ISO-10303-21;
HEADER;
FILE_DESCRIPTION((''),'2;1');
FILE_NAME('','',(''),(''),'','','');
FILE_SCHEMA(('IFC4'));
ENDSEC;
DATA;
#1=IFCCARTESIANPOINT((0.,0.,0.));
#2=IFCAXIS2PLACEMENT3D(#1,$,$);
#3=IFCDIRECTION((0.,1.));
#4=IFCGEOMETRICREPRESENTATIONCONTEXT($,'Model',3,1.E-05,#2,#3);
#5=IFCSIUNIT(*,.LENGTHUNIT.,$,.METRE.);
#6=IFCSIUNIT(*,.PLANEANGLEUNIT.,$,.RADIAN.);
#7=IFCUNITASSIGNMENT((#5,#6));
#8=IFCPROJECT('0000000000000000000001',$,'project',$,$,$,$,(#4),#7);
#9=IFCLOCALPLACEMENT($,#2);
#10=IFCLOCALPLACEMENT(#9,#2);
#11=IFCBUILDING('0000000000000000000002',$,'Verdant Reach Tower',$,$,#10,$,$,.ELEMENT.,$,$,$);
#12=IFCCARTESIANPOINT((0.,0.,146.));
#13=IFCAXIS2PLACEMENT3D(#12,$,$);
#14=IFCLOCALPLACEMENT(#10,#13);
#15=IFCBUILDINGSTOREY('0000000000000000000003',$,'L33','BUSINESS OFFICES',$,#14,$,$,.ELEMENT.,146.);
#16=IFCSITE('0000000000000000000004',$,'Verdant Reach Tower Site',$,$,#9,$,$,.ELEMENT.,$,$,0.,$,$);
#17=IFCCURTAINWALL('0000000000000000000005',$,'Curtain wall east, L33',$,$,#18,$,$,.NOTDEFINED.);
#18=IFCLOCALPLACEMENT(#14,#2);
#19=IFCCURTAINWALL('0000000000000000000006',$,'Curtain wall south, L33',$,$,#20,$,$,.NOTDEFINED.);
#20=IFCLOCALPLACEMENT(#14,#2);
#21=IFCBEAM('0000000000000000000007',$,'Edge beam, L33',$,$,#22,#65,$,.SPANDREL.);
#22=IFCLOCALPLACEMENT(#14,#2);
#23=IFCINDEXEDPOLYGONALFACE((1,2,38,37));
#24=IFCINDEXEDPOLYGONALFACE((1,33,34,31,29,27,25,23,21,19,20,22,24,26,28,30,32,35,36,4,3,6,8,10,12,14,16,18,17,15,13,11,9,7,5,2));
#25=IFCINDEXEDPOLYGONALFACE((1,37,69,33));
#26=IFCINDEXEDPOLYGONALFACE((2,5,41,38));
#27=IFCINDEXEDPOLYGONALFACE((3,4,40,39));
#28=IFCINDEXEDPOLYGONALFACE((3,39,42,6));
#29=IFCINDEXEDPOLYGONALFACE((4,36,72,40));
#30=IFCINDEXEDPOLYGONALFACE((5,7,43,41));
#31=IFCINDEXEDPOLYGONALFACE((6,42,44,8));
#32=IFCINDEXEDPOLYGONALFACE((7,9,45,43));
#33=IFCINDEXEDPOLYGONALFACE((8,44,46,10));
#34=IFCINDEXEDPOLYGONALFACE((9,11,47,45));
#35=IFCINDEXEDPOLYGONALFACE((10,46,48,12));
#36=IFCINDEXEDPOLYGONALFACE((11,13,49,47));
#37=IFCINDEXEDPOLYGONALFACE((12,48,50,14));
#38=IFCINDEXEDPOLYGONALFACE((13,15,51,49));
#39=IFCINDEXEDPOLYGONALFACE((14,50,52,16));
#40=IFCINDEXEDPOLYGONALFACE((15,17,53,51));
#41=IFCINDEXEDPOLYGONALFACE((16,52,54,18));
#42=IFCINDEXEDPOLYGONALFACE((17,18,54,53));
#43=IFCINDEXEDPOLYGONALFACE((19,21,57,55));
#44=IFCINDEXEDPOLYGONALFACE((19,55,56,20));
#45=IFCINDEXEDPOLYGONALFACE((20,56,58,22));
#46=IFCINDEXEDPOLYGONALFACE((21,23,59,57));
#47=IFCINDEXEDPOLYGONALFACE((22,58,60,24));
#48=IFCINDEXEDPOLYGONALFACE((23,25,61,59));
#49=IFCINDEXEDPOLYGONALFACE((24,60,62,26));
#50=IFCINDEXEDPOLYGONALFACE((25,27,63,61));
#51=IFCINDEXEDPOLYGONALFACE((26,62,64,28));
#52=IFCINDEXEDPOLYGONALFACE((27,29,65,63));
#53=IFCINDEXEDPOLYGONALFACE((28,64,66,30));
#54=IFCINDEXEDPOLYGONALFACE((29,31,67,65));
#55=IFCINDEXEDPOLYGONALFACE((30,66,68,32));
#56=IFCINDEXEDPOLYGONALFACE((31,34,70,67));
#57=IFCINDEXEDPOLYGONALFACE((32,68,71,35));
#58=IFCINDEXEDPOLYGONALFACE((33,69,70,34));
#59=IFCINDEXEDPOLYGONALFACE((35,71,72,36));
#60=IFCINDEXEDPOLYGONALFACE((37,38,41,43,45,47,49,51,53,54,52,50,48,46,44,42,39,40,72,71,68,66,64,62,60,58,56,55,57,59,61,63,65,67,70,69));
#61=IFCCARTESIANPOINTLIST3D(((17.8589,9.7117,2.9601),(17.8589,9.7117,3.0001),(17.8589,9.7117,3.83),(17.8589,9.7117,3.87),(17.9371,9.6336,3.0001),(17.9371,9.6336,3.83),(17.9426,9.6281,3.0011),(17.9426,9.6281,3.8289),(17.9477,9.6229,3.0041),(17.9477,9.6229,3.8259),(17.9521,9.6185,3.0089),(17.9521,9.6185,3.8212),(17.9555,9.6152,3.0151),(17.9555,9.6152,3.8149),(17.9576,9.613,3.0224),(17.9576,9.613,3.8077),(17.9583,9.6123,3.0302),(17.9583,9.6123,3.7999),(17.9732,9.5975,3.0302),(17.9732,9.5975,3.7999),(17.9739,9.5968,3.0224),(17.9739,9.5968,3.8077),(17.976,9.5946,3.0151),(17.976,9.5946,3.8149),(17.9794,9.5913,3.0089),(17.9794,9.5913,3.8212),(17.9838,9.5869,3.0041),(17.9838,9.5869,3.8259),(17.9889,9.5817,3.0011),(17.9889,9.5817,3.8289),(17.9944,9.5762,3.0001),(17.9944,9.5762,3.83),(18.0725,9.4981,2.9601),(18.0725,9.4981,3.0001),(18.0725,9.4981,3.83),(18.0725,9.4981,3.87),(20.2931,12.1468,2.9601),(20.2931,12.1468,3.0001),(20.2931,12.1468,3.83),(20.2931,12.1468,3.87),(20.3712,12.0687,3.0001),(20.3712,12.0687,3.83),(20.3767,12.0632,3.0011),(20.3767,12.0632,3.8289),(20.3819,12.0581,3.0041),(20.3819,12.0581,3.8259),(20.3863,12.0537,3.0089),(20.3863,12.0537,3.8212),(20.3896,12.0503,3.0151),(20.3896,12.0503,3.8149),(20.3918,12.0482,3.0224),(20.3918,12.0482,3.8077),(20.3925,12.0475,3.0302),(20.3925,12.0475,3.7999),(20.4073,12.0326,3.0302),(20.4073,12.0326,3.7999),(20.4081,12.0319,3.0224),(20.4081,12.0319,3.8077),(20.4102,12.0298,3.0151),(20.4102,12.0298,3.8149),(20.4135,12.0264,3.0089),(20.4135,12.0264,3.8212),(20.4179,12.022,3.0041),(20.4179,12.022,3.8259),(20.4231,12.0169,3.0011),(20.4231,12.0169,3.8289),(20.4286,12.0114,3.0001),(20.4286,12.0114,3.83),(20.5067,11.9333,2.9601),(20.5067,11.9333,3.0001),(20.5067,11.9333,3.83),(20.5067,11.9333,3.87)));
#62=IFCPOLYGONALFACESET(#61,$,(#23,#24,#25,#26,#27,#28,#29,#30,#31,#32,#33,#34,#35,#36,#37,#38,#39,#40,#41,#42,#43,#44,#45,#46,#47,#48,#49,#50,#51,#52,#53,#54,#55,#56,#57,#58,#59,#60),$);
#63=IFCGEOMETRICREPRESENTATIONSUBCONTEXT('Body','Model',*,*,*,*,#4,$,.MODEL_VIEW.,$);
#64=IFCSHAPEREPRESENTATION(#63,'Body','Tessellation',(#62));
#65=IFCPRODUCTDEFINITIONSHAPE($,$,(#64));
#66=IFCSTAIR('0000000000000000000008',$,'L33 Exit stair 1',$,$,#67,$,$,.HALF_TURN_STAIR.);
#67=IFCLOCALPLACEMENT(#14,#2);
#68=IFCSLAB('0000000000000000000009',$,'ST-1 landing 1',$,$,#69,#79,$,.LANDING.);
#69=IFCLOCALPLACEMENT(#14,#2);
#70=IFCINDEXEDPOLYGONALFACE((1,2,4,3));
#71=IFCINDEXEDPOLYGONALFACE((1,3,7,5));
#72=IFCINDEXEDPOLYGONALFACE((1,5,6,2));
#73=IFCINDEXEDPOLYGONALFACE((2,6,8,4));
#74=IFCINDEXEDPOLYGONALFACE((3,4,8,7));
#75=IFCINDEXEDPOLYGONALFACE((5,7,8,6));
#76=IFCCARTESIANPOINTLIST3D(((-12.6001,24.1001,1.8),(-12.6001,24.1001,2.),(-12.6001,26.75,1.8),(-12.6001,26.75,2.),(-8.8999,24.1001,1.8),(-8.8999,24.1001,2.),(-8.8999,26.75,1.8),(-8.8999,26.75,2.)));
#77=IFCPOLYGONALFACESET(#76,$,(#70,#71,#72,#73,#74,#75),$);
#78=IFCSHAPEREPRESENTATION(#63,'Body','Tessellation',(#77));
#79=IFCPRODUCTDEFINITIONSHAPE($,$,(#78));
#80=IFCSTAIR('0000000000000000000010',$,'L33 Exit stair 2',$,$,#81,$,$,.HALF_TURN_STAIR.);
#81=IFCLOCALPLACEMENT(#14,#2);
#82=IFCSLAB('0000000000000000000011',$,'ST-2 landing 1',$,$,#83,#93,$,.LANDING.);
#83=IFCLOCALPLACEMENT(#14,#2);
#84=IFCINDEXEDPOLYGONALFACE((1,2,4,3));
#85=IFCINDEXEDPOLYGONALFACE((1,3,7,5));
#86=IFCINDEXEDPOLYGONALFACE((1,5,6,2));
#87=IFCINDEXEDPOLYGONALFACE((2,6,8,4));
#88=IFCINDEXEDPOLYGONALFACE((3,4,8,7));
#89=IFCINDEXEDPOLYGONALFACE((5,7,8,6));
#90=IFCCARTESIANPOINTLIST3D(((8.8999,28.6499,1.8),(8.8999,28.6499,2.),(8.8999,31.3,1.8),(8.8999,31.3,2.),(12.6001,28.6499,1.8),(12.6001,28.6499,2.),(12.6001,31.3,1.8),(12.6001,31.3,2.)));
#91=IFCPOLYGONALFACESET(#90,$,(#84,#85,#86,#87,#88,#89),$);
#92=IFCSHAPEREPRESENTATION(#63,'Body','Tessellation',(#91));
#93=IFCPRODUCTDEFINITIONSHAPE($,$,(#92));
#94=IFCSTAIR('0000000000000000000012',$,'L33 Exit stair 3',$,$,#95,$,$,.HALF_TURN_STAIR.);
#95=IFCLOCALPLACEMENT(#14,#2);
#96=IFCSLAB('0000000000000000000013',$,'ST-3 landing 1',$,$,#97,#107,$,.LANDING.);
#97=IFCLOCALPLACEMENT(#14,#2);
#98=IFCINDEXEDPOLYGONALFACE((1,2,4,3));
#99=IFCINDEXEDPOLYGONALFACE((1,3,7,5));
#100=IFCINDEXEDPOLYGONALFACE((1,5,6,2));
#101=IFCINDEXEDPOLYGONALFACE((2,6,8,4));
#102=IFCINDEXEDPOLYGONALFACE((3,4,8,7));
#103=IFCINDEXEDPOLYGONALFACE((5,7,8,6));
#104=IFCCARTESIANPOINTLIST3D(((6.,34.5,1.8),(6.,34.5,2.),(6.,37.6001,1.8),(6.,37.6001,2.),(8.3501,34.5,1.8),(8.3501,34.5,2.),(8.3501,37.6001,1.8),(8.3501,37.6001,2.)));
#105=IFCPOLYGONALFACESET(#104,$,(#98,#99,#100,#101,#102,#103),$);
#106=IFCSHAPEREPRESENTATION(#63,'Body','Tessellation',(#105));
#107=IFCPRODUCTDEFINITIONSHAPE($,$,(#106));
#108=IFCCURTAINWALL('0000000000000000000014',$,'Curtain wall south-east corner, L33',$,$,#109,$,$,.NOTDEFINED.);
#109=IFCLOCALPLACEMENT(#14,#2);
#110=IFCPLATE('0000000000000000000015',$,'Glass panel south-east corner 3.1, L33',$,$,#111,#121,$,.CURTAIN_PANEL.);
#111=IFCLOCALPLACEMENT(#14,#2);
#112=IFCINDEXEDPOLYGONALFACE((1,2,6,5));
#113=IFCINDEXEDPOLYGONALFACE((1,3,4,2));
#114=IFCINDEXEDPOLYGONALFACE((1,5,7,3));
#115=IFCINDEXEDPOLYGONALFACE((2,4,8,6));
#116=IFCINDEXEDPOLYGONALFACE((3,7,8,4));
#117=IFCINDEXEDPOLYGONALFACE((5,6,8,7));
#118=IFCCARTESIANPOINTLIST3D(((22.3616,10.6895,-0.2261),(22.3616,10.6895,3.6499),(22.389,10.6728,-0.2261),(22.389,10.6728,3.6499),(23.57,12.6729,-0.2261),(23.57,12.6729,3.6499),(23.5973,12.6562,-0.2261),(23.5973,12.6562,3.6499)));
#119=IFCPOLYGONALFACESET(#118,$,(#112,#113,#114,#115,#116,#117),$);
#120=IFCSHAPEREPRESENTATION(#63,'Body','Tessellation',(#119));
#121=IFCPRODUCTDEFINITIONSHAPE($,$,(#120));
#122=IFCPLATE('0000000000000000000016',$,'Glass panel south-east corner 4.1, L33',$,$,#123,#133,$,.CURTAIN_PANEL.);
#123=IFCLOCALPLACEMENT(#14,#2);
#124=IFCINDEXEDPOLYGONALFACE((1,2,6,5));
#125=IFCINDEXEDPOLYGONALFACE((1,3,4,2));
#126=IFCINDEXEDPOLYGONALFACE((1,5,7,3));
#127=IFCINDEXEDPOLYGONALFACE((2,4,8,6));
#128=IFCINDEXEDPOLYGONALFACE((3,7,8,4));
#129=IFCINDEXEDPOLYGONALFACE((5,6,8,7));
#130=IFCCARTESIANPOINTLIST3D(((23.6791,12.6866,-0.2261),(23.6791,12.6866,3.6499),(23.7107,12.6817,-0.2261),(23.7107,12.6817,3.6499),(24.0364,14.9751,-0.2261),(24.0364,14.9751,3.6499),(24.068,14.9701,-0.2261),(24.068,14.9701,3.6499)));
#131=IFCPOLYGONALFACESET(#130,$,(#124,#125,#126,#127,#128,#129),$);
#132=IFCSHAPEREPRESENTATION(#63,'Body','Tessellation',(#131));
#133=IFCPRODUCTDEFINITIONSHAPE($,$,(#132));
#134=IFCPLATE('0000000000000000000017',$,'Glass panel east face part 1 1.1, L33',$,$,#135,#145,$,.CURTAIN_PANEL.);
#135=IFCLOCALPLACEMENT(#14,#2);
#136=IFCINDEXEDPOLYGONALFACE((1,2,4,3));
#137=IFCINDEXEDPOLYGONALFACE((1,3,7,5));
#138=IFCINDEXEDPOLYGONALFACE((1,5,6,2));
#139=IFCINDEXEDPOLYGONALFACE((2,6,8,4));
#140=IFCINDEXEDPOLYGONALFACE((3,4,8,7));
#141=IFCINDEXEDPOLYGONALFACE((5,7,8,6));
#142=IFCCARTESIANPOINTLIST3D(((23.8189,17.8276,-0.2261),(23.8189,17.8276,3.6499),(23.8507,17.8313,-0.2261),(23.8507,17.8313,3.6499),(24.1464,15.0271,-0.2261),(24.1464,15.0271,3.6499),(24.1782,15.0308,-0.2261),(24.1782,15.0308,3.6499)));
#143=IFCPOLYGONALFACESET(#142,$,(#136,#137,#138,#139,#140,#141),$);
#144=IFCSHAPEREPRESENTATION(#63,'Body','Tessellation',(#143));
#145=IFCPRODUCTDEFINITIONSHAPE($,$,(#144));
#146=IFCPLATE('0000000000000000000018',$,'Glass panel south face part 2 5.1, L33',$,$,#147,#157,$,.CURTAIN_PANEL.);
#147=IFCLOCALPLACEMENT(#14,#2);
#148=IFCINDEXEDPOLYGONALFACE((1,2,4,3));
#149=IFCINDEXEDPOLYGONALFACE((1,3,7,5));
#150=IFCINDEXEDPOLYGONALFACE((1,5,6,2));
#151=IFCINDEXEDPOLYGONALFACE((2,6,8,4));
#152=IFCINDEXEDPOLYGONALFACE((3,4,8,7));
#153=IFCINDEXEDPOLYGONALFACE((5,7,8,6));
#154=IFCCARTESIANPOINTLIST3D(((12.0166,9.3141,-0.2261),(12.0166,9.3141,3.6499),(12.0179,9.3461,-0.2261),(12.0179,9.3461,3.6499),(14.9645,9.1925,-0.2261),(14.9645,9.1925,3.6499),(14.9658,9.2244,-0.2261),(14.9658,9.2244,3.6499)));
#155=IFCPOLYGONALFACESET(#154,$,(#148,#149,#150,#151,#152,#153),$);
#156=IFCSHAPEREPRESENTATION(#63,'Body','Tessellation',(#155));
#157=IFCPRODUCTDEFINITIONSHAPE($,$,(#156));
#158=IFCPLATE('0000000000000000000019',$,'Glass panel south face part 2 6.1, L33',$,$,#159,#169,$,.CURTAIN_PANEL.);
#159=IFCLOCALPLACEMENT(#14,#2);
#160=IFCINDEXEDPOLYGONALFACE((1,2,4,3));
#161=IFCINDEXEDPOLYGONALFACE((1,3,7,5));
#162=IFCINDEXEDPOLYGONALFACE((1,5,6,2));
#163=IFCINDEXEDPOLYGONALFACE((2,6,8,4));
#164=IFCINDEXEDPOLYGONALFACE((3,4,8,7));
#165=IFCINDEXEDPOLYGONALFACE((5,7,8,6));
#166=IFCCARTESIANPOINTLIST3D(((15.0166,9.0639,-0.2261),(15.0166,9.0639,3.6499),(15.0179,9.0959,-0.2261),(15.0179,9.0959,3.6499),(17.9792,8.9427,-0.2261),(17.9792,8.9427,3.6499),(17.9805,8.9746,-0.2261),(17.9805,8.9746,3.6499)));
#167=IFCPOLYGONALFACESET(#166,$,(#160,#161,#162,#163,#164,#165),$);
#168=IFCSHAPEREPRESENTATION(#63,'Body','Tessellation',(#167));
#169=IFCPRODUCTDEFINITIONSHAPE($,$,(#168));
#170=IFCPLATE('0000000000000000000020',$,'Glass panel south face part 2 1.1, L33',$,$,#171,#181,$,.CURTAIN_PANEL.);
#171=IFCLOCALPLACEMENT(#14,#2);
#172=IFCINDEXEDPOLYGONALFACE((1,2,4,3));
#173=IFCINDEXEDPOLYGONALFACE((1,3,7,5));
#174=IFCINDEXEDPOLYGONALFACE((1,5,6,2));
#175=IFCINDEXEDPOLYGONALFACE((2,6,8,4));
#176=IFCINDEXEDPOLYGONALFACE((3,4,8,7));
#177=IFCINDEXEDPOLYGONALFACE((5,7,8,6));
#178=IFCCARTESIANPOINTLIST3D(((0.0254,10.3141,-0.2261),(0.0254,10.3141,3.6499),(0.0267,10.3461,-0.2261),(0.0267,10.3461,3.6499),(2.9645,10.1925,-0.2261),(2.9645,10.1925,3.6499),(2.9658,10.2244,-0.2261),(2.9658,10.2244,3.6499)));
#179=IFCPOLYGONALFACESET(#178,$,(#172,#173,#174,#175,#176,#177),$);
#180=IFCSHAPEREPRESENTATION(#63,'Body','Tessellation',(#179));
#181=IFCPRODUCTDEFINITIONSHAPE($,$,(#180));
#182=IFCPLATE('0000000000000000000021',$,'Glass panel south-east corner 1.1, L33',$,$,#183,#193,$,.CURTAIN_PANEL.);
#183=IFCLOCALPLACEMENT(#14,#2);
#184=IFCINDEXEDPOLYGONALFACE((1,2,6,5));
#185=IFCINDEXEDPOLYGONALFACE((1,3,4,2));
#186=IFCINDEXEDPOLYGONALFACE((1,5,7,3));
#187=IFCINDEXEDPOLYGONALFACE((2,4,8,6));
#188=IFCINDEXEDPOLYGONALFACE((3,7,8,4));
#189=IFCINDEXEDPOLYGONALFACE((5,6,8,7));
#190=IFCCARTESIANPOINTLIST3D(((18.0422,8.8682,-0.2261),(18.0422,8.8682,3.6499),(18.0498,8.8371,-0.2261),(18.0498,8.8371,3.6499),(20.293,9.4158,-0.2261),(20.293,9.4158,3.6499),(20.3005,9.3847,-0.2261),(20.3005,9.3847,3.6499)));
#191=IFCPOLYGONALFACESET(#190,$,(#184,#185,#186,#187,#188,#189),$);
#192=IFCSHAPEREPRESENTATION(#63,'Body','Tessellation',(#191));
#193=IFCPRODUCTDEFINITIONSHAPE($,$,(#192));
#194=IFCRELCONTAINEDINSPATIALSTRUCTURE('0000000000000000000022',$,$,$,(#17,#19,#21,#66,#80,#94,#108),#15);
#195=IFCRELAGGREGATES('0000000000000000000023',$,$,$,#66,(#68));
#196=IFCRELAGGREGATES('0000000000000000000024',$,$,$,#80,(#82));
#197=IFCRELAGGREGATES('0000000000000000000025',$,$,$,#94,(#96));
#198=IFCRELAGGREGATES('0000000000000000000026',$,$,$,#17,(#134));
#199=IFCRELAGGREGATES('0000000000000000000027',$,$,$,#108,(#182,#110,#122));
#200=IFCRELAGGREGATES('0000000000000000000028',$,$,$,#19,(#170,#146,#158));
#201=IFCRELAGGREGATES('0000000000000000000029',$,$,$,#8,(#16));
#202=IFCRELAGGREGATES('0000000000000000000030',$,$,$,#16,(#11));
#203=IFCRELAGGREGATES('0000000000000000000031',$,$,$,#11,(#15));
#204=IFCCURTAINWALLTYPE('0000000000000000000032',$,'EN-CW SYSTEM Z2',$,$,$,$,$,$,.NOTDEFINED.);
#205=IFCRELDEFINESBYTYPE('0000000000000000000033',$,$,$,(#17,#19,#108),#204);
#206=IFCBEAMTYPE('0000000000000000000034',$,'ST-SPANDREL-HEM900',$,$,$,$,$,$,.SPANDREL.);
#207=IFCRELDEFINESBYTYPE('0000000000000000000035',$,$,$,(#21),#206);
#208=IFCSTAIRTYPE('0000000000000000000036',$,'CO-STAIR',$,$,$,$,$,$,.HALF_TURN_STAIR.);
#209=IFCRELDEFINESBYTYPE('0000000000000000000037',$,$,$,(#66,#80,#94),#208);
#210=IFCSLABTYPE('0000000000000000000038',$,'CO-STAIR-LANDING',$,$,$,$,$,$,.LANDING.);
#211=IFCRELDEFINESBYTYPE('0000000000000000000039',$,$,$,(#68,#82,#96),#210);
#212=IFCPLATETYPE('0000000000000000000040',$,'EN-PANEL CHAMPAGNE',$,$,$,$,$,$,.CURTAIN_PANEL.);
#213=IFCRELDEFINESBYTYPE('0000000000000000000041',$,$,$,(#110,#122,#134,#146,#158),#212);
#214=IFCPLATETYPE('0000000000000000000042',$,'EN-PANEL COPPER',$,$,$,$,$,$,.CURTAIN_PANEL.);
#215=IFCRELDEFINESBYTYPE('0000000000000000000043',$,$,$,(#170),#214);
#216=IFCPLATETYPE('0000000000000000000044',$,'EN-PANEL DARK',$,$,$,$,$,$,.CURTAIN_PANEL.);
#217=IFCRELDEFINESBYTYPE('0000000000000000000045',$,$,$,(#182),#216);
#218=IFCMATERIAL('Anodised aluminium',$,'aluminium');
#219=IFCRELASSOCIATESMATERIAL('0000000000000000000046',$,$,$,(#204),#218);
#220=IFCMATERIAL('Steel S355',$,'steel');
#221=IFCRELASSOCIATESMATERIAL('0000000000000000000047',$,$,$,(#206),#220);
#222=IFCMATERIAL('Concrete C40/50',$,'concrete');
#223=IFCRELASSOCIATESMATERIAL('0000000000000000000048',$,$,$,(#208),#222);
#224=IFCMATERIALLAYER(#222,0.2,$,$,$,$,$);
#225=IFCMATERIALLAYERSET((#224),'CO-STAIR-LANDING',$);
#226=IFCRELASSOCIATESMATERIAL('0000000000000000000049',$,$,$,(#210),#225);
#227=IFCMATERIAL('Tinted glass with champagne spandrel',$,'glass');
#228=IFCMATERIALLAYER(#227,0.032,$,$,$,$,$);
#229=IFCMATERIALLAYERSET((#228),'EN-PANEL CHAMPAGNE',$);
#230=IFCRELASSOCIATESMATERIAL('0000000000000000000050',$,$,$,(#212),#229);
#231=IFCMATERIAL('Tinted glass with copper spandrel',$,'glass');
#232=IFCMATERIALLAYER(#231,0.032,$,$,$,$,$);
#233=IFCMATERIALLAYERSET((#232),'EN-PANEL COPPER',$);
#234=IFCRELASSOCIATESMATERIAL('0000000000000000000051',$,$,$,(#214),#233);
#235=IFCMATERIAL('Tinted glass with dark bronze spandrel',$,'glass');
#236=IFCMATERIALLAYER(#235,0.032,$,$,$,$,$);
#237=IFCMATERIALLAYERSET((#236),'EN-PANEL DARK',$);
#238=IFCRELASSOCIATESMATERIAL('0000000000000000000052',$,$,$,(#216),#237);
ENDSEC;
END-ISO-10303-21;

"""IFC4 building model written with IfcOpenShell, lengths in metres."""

from ifc_helpers import new_model, si_unit, direction, frame, origin, origin_2d, place, context, subcontext, project, spatial, polyline, rectangle, i_section, outline, extrude, material, layer, layer_set, material_profile, profile_set, type_object, element, aggregate, save


model = new_model("IFC4")

# Units and contexts
model_context = context("Model", 3, precision=1e-05, world=origin(), true_north=direction((0.0, 1.0)))
body_context = subcontext(model_context, "Body", "Model", "MODEL_VIEW")
ifc_project = project(units=[si_unit("LENGTHUNIT", "METRE"), si_unit("PLANEANGLEUNIT", "RADIAN")], contexts=[model_context])

# Site, building, storey
site_placement = place(None, origin())
site = spatial("IfcSite", under=ifc_project, at=site_placement, Name="Verdant Reach Tower Site", CompositionType="ELEMENT", RefElevation=0.0)
building_placement = place(site_placement, origin())
building = spatial("IfcBuilding", under=site, at=building_placement, Name="Verdant Reach Tower", CompositionType="ELEMENT")
storey_placement = place(building_placement, frame((0.0, 0.0, 146.0)))
storey = spatial("IfcBuildingStorey", under=building, at=storey_placement, Name="L33", Description="BUSINESS OFFICES", CompositionType="ELEMENT", Elevation=146.0)

# Curtain walls
ifc_material_1 = material(Name="Anodised aluminium", Category="aluminium")
curtain_wall_type = type_object("IfcCurtainWallType", Name="EN-CW SYSTEM Z2", PredefinedType="NOTDEFINED", material=ifc_material_1)
curtain_wall_1_placement = place(storey_placement, origin())
curtain_wall_1 = element("IfcCurtainWall", 1, at=curtain_wall_1_placement, inside=storey, type_object=curtain_wall_type, Name="Curtain wall east, L33", PredefinedType="NOTDEFINED")
curtain_wall_2_placement = place(storey_placement, origin())
curtain_wall_2 = element("IfcCurtainWall", 2, at=curtain_wall_2_placement, inside=storey, type_object=curtain_wall_type, Name="Curtain wall south, L33", PredefinedType="NOTDEFINED")

# Beam
ifc_material_2 = material(Name="Steel S355", Category="steel")
ifc_material_profile_1 = material_profile(ifc_material_2, i_section(OverallWidth=0.302, OverallDepth=0.9099, WebThickness=0.021, FlangeThickness=0.04, FilletRadius=0.03, at=origin_2d()), Name="HEM 900")
ifc_profile_set_1 = profile_set([ifc_material_profile_1], Name="Steel S355")
beam_type_1 = type_object("IfcBeamType", Name="ST-SPANDREL-HEM900", PredefinedType="SPANDREL", material=ifc_profile_set_1)
beam_1_placement = place(storey_placement, frame((20.3999, 12.04, 3.415), z_axis=(-0.706965, -0.707249, 0.0), x_axis=(0.707249, -0.706965, 0.0)))
element("IfcBeam", 3, at=beam_1_placement, inside=storey, type_object=beam_type_1, Name="Edge beam, L33", PredefinedType="SPANDREL", context=body_context, shape_type="SweptSolid", body=[
    extrude(i_section(OverallWidth=0.302, OverallDepth=0.9099, WebThickness=0.021, FlangeThickness=0.04, FilletRadius=0.03, at=origin_2d()), origin(), (0.0, 0.0, 1.0), 3.4431),
])

# Stairs, slabs
ifc_material_3 = material(Name="Concrete C40/50", Category="concrete")
stair_type = type_object("IfcStairType", Name="CO-STAIR", PredefinedType="HALF_TURN_STAIR", material=ifc_material_3)
stair_1_placement = place(storey_placement, origin())
stair_1 = element("IfcStair", 4, at=stair_1_placement, inside=storey, type_object=stair_type, Name="L33 Exit stair 1", PredefinedType="HALF_TURN_STAIR")
ifc_layer_1 = layer(ifc_material_3, 0.2)
ifc_layer_set_1 = layer_set([ifc_layer_1], Name="CO-STAIR-LANDING")
slab_type_1 = type_object("IfcSlabType", Name="CO-STAIR-LANDING", PredefinedType="LANDING", material=ifc_layer_set_1)
slab_1_placement = place(storey_placement, frame((0.0, 0.0, 1.8)))
slab_1 = element("IfcSlab", 5, at=slab_1_placement, type_object=slab_type_1, Name="ST-1 landing 1", PredefinedType="LANDING", context=body_context, shape_type="SweptSolid", body=[
    extrude(outline(polyline([(-12.6001, 26.75), (-12.6001, 24.1001), (-8.8999, 24.1001), (-8.8999, 26.75), (-12.6001, 26.75)])), origin(), (0.0, 0.0, 1.0), 0.2),
])
aggregate(stair_1, [slab_1])
stair_2_placement = place(storey_placement, origin())
stair_2 = element("IfcStair", 6, at=stair_2_placement, inside=storey, type_object=stair_type, Name="L33 Exit stair 2", PredefinedType="HALF_TURN_STAIR")
slab_2_placement = place(storey_placement, frame((0.0, 0.0, 1.8)))
slab_2 = element("IfcSlab", 7, at=slab_2_placement, type_object=slab_type_1, Name="ST-2 landing 1", PredefinedType="LANDING", context=body_context, shape_type="SweptSolid", body=[
    extrude(outline(polyline([(12.6001, 28.6499), (12.6001, 31.3), (8.8999, 31.3), (8.8999, 28.6499), (12.6001, 28.6499)])), origin(), (0.0, 0.0, 1.0), 0.2),
])
aggregate(stair_2, [slab_2])
stair_3_placement = place(storey_placement, origin())
stair_3 = element("IfcStair", 8, at=stair_3_placement, inside=storey, type_object=stair_type, Name="L33 Exit stair 3", PredefinedType="HALF_TURN_STAIR")
slab_3_placement = place(storey_placement, frame((0.0, 0.0, 1.8)))
slab_3 = element("IfcSlab", 9, at=slab_3_placement, type_object=slab_type_1, Name="ST-3 landing 1", PredefinedType="LANDING", context=body_context, shape_type="SweptSolid", body=[
    extrude(outline(polyline([(8.3501, 37.6001), (6.0, 37.6001), (6.0, 34.5), (8.3501, 34.5), (8.3501, 37.6001)])), origin(), (0.0, 0.0, 1.0), 0.2),
])
aggregate(stair_3, [slab_3])

# Curtain wall, plates
curtain_wall_3_placement = place(storey_placement, origin())
curtain_wall_3 = element("IfcCurtainWall", 10, at=curtain_wall_3_placement, inside=storey, type_object=curtain_wall_type, Name="Curtain wall south-east corner, L33", PredefinedType="NOTDEFINED")
ifc_material_4 = material(Name="Tinted glass with champagne spandrel", Category="glass")
ifc_layer_2 = layer(ifc_material_4, 0.032)
ifc_layer_set_2 = layer_set([ifc_layer_2], Name="EN-PANEL CHAMPAGNE")
plate_type_1 = type_object("IfcPlateType", Name="EN-PANEL CHAMPAGNE", PredefinedType="CURTAIN_PANEL", material=ifc_layer_set_2)
plate_1_placement = place(storey_placement, frame((22.9795, 11.6729, -0.2261), z_axis=(0.0, 0.0, 1.0), x_axis=(0.520292, 0.853989, 0.0)))
plate_1 = element("IfcPlate", 11, at=plate_1_placement, type_object=plate_type_1, Name="Glass panel south-east corner 3.1, L33", PredefinedType="CURTAIN_PANEL", context=body_context, shape_type="SweptSolid", body=[
    extrude(rectangle(XDim=2.3225, YDim=0.032, at=origin_2d()), origin(), (0.0, 0.0, 1.0), 3.876),
])
plate_2_placement = place(storey_placement, frame((23.8735, 13.8284, -0.2261), z_axis=(0.0, 0.0, 1.0), x_axis=(0.154281, 0.988027, 0.0)))
plate_2 = element("IfcPlate", 12, at=plate_2_placement, type_object=plate_type_1, Name="Glass panel south-east corner 4.1, L33", PredefinedType="CURTAIN_PANEL", context=body_context, shape_type="SweptSolid", body=[
    extrude(rectangle(XDim=2.3162, YDim=0.032, at=origin_2d()), origin(), (0.0, 0.0, 1.0), 3.876),
])

# Plates
plate_3_placement = place(storey_placement, frame((23.9985, 16.4292, -0.2261), z_axis=(0.0, 0.0, 1.0), x_axis=(-0.116147, 0.993232, 0.0)))
plate_3 = element("IfcPlate", 13, at=plate_3_placement, type_object=plate_type_1, Name="Glass panel east face part 1 1.1, L33", PredefinedType="CURTAIN_PANEL", context=body_context, shape_type="SweptSolid", body=[
    extrude(rectangle(XDim=2.8196, YDim=0.032, at=origin_2d()), origin(), (0.0, 0.0, 1.0), 3.876),
])
aggregate(curtain_wall_1, [plate_3])
plate_4_placement = place(storey_placement, frame((13.4912, 9.2693, -0.2261), z_axis=(0.0, 0.0, 1.0), x_axis=(0.999149, -0.041242, 0.0)))
plate_4 = element("IfcPlate", 14, at=plate_4_placement, type_object=plate_type_1, Name="Glass panel south face part 2 5.1, L33", PredefinedType="CURTAIN_PANEL", context=body_context, shape_type="SweptSolid", body=[
    extrude(rectangle(XDim=2.9504, YDim=0.032, at=origin_2d()), origin(), (0.0, 0.0, 1.0), 3.876),
])
plate_5_placement = place(storey_placement, frame((16.4985, 9.0193, -0.2261), z_axis=(0.0, 0.0, 1.0), x_axis=(0.999163, -0.0409, 0.0)))
plate_5 = element("IfcPlate", 15, at=plate_5_placement, type_object=plate_type_1, Name="Glass panel south face part 2 6.1, L33", PredefinedType="CURTAIN_PANEL", context=body_context, shape_type="SweptSolid", body=[
    extrude(rectangle(XDim=2.9651, YDim=0.032, at=origin_2d()), origin(), (0.0, 0.0, 1.0), 3.876),
])
ifc_material_5 = material(Name="Tinted glass with copper spandrel", Category="glass")
ifc_layer_3 = layer(ifc_material_5, 0.032)
ifc_layer_set_3 = layer_set([ifc_layer_3], Name="EN-PANEL COPPER")
plate_type_2 = type_object("IfcPlateType", Name="EN-PANEL COPPER", PredefinedType="CURTAIN_PANEL", material=ifc_layer_set_3)
plate_6_placement = place(storey_placement, frame((1.4956, 10.2693, -0.2261), z_axis=(0.0, 0.0, 1.0), x_axis=(0.999144, -0.041364, 0.0)))
plate_6 = element("IfcPlate", 16, at=plate_6_placement, type_object=plate_type_2, Name="Glass panel south face part 2 1.1, L33", PredefinedType="CURTAIN_PANEL", context=body_context, shape_type="SweptSolid", body=[
    extrude(rectangle(XDim=2.9417, YDim=0.032, at=origin_2d()), origin(), (0.0, 0.0, 1.0), 3.876),
])
ifc_material_6 = material(Name="Tinted glass with dark bronze spandrel", Category="glass")
ifc_layer_4 = layer(ifc_material_6, 0.032)
ifc_layer_set_4 = layer_set([ifc_layer_4], Name="EN-PANEL DARK")
plate_type_3 = type_object("IfcPlateType", Name="EN-PANEL DARK", PredefinedType="CURTAIN_PANEL", material=ifc_layer_set_4)
plate_7_placement = place(storey_placement, frame((19.1714, 9.1265, -0.2261), z_axis=(0.0, 0.0, 1.0), x_axis=(0.971658, 0.236391, 0.0)))
plate_7 = element("IfcPlate", 17, at=plate_7_placement, type_object=plate_type_3, Name="Glass panel south-east corner 1.1, L33", PredefinedType="CURTAIN_PANEL", context=body_context, shape_type="SweptSolid", body=[
    extrude(rectangle(XDim=2.3164, YDim=0.032, at=origin_2d()), origin(), (0.0, 0.0, 1.0), 3.876),
])
aggregate(curtain_wall_3, [plate_7, plate_1, plate_2])
aggregate(curtain_wall_2, [plate_6, plate_4, plate_5])

save(model, "model.ifc")
